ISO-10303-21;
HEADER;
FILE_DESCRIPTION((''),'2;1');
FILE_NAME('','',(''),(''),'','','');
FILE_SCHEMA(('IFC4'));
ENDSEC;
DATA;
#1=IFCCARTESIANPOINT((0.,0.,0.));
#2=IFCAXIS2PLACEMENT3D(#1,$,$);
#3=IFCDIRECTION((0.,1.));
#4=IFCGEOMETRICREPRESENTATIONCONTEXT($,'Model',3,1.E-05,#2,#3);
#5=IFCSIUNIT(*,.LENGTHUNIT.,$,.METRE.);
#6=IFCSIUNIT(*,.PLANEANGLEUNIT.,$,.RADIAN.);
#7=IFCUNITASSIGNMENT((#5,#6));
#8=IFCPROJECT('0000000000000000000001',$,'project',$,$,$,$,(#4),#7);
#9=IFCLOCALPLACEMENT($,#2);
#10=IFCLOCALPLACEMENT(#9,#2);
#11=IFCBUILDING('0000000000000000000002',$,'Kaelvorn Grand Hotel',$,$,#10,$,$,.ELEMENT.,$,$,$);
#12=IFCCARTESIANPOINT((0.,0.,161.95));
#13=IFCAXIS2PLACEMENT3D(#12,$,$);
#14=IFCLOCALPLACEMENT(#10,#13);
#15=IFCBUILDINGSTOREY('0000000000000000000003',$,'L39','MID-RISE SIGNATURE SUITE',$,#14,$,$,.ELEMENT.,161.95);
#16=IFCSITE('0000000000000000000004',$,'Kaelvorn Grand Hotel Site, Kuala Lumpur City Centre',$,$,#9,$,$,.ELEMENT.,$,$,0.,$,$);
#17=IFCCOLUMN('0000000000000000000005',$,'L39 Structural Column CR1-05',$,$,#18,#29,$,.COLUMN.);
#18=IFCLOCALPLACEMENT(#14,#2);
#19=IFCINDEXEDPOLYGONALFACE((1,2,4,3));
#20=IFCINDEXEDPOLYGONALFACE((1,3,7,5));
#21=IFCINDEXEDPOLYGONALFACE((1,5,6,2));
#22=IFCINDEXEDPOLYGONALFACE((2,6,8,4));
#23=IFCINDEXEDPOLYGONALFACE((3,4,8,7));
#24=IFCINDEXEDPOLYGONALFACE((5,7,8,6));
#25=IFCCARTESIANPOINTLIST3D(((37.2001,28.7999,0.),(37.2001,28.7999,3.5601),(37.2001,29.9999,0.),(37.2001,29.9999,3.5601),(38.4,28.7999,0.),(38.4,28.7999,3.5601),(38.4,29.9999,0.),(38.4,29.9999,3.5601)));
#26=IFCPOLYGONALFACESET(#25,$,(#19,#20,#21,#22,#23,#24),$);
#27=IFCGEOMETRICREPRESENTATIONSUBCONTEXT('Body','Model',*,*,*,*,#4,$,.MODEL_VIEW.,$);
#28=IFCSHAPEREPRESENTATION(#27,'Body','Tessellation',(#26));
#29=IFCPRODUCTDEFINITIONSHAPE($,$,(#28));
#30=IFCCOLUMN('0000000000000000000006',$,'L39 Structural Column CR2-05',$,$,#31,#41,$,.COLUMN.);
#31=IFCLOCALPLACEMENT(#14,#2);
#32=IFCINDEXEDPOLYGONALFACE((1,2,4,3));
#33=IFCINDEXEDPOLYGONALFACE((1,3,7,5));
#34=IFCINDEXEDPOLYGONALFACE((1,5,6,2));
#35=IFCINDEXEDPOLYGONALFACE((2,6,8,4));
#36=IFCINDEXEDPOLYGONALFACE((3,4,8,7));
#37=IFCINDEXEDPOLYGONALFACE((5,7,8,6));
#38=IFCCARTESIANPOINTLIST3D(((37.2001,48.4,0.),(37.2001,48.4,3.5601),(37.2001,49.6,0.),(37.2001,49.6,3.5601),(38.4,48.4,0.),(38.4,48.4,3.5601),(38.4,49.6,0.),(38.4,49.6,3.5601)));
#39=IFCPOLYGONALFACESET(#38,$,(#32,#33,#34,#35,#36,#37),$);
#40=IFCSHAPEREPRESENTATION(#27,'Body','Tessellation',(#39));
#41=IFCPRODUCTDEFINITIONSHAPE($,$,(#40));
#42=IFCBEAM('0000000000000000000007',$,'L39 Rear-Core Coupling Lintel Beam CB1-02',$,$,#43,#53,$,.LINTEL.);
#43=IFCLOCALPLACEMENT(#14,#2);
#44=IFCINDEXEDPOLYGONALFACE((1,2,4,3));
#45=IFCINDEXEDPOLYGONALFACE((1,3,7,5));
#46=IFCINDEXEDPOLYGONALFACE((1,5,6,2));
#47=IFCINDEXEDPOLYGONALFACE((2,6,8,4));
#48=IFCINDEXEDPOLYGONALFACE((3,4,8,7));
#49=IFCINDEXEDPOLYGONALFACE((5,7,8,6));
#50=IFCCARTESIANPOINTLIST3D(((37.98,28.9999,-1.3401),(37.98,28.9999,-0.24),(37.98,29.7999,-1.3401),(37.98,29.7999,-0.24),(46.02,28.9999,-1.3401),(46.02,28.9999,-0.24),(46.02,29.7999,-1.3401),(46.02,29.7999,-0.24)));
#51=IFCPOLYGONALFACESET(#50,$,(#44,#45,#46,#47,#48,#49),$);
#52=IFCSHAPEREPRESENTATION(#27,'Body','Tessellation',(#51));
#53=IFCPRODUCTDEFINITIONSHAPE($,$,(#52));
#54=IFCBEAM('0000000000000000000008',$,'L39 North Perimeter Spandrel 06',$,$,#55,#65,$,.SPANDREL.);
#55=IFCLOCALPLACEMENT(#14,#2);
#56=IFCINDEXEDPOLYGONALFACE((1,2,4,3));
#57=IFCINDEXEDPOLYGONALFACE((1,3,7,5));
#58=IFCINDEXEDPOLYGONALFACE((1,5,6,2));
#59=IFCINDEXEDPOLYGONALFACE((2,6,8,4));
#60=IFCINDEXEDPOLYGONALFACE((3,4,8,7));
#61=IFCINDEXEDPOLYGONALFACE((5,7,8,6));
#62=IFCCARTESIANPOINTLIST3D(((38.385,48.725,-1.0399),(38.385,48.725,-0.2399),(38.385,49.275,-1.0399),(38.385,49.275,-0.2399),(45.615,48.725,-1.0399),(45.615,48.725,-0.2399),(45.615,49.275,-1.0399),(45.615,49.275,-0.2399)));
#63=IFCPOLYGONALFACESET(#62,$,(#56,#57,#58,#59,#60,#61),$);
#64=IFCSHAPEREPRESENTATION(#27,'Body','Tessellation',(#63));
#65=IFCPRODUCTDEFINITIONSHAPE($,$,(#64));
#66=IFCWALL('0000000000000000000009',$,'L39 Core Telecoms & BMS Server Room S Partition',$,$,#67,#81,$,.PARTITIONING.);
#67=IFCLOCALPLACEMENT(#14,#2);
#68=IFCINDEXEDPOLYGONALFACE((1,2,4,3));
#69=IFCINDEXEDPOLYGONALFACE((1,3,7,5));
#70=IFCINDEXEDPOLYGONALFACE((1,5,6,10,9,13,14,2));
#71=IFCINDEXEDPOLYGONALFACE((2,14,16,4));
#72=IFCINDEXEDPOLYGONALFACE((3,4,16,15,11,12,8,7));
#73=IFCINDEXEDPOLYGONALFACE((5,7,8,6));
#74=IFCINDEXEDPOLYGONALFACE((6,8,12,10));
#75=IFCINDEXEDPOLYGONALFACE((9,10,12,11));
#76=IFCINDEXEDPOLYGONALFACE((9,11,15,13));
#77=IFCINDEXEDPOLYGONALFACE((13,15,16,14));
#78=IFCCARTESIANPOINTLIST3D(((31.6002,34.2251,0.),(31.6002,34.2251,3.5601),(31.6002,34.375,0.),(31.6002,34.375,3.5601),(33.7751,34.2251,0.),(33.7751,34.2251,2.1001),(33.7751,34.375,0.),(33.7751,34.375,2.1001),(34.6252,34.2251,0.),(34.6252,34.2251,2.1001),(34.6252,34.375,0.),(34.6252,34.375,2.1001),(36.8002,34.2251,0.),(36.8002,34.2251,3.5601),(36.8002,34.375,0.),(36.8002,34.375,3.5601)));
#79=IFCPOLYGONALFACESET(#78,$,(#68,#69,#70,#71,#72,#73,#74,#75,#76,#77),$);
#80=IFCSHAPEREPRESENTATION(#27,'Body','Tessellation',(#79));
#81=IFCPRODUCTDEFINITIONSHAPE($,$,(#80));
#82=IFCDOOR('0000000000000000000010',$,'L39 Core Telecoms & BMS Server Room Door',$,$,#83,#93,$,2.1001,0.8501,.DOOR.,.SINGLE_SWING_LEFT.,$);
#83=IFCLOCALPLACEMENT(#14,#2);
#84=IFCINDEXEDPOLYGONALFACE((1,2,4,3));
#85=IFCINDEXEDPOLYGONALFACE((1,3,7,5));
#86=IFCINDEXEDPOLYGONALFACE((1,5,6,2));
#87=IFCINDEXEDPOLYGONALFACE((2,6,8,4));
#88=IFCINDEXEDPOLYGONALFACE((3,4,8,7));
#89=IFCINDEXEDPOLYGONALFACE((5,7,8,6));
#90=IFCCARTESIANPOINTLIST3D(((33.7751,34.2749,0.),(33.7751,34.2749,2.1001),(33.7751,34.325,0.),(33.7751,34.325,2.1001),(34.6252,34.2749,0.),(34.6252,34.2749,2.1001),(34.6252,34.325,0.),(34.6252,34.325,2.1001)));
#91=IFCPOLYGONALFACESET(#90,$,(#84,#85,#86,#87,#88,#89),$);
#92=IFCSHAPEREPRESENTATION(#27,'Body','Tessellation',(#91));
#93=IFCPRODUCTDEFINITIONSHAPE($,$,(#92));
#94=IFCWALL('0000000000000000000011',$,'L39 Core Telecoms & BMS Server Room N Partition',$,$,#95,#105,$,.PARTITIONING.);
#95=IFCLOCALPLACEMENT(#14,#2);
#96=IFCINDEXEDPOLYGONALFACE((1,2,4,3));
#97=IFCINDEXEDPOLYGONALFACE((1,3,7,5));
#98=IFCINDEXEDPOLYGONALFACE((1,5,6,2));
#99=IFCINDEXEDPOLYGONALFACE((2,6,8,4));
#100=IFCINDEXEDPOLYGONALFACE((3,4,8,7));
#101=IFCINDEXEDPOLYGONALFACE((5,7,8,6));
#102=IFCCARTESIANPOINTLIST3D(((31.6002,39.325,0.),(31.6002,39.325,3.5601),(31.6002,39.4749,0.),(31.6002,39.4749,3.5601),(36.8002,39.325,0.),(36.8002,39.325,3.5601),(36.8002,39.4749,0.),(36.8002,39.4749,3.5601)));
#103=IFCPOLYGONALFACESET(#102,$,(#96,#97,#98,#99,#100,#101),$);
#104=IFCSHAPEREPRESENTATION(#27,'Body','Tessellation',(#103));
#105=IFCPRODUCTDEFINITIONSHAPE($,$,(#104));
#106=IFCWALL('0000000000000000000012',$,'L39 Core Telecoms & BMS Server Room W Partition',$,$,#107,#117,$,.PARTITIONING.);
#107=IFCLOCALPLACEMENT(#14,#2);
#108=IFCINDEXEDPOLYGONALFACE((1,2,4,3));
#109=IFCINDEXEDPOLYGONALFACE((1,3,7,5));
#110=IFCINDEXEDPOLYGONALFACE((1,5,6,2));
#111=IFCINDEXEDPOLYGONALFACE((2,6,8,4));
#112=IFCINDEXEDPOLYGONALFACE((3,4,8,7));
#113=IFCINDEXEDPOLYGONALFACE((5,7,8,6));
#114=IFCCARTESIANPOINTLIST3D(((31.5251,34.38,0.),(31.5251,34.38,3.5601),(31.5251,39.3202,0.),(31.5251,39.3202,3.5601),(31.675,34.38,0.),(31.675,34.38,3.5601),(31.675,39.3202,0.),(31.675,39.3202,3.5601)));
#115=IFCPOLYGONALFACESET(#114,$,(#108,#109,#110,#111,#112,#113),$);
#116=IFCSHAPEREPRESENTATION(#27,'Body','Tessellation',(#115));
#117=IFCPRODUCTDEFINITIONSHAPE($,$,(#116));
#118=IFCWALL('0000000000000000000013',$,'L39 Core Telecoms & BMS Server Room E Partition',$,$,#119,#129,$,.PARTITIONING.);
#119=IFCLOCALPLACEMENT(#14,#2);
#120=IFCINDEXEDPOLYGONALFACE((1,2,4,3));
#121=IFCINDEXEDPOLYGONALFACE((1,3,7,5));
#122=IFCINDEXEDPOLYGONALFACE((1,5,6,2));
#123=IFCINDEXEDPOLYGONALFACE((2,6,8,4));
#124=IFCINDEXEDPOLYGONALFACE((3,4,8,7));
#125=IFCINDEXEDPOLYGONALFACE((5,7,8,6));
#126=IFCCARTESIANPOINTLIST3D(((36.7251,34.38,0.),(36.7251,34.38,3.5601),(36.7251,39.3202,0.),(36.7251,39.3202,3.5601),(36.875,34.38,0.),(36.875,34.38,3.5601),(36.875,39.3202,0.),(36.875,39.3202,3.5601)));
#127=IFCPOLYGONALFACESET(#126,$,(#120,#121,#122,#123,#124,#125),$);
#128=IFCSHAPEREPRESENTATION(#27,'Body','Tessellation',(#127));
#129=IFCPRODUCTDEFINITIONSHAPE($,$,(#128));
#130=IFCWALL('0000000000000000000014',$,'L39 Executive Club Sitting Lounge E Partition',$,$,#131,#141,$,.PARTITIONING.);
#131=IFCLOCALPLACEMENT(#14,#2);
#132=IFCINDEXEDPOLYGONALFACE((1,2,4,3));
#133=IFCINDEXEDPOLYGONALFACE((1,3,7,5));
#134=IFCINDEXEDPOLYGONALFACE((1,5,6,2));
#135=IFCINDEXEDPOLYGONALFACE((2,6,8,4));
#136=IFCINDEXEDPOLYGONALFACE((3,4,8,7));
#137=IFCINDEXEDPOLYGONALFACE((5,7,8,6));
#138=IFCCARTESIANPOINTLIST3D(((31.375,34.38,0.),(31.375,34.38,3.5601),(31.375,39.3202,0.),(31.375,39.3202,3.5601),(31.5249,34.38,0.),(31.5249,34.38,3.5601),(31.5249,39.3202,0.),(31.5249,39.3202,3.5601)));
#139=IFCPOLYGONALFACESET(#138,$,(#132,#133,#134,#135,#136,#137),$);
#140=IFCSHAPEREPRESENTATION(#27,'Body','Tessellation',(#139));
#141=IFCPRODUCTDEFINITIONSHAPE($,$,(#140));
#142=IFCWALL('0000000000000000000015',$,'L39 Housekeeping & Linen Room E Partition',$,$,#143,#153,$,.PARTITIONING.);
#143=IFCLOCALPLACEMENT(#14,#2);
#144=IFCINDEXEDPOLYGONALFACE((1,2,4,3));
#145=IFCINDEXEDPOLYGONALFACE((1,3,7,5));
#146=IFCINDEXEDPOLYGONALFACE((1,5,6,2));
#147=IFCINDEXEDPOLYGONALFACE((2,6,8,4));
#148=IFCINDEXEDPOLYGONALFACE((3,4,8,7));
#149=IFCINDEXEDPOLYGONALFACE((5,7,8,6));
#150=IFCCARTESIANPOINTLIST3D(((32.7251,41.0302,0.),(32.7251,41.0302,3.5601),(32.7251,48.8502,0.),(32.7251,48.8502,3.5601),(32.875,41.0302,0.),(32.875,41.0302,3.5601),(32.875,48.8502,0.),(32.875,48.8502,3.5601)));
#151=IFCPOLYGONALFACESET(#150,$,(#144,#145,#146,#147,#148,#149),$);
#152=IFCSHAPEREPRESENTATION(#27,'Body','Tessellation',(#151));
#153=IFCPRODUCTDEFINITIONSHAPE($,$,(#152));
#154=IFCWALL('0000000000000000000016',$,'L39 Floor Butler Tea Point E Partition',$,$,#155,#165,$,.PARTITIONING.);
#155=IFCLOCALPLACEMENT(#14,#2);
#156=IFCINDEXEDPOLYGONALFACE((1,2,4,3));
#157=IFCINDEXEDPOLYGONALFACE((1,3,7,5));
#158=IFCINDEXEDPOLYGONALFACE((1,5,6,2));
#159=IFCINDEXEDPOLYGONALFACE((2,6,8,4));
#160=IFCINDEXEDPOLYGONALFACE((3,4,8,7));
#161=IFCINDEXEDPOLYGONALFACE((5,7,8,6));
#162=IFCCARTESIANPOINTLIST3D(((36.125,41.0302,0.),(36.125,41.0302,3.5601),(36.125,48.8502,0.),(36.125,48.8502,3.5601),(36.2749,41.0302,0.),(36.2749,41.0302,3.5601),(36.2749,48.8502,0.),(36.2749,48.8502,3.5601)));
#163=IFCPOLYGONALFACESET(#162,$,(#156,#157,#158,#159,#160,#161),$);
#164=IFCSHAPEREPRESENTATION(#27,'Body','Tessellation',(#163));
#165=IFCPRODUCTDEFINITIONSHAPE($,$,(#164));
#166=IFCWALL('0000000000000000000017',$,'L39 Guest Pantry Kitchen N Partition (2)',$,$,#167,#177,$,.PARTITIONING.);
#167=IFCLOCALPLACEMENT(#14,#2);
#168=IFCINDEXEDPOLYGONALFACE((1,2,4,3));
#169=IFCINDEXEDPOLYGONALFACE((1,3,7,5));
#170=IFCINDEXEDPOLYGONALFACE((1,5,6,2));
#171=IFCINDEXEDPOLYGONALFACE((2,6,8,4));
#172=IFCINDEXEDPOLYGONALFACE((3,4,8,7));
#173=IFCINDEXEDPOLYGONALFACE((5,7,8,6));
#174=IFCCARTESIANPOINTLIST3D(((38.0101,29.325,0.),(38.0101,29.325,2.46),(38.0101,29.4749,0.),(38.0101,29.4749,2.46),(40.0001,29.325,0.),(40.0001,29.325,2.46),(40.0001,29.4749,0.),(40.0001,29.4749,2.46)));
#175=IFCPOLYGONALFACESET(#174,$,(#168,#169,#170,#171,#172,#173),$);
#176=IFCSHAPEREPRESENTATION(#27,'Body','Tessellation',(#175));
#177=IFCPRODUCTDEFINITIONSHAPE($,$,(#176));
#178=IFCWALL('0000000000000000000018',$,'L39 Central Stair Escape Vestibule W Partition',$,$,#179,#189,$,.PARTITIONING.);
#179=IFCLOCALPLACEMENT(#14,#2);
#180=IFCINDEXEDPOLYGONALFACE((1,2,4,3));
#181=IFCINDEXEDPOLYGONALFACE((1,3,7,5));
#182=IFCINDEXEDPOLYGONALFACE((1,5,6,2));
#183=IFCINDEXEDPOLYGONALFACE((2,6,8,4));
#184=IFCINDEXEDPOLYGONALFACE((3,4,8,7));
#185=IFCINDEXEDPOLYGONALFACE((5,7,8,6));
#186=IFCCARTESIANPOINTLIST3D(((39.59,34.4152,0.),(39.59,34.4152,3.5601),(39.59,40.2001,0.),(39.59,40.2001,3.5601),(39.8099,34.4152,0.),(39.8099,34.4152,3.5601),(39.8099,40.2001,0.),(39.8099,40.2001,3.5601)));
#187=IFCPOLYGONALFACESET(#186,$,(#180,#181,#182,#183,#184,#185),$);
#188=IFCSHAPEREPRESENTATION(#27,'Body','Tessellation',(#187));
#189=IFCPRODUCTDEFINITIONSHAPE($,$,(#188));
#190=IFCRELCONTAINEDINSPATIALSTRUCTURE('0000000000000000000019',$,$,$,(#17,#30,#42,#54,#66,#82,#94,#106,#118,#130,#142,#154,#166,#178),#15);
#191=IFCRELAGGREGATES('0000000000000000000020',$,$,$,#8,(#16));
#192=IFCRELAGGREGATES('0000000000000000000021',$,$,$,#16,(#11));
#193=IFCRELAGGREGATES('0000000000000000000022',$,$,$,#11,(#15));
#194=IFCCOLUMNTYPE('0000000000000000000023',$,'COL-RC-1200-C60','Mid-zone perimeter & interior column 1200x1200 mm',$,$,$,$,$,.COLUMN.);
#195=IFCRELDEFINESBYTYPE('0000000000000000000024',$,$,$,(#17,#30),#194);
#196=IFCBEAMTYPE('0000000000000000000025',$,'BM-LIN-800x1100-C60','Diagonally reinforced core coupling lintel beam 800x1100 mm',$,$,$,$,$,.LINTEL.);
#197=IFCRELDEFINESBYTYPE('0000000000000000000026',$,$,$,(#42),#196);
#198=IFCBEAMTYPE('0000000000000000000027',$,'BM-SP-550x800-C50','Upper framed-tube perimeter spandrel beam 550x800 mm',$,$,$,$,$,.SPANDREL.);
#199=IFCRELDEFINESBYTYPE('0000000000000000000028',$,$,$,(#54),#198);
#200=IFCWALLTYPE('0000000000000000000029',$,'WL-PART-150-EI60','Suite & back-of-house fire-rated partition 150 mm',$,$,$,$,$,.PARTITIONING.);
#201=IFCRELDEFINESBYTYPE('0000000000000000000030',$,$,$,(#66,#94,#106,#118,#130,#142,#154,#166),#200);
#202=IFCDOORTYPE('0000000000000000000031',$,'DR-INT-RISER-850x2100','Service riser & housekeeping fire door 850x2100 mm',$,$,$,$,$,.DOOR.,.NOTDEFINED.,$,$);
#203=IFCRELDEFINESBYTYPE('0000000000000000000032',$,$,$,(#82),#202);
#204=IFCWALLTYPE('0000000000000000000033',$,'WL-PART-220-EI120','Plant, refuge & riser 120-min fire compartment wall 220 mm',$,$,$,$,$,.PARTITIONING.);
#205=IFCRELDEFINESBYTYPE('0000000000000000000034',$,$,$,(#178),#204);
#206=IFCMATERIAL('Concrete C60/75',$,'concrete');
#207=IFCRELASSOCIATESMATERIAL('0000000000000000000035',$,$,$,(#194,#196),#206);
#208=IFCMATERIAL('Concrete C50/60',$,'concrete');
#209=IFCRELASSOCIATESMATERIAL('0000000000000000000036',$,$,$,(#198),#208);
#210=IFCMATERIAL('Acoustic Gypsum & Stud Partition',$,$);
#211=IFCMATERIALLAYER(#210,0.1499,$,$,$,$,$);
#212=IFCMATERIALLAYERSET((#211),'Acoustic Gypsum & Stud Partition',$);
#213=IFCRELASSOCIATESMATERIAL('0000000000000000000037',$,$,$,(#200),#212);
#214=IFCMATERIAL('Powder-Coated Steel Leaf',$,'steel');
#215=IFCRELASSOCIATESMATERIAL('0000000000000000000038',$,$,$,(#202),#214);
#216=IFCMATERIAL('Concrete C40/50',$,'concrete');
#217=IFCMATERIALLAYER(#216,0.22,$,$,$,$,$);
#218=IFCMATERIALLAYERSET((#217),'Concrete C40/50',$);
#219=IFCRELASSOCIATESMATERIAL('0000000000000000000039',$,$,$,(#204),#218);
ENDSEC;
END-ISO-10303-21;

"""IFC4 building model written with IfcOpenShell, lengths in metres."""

from ifc_helpers import new_model, si_unit, direction, frame, frame_2d, origin, origin_2d, place, context, subcontext, project, spatial, rectangle, extrude, material, layer, layer_set, material_profile, profile_set, type_object, element, fill, save


model = new_model("IFC4")

# Units and contexts
model_context = context("Model", 3, precision=1e-05, world=origin(), true_north=direction((0.0, 1.0)))
body_context = subcontext(model_context, "Body", "Model", "MODEL_VIEW")
ifc_project = project(units=[si_unit("LENGTHUNIT", "METRE"), si_unit("PLANEANGLEUNIT", "RADIAN")], contexts=[model_context])

# Site, building, storey
site_placement = place(None, origin())
site = spatial("IfcSite", under=ifc_project, at=site_placement, Name="Kaelvorn Grand Hotel Site, Kuala Lumpur City Centre", CompositionType="ELEMENT", RefElevation=0.0)
building_placement = place(site_placement, origin())
building = spatial("IfcBuilding", under=site, at=building_placement, Name="Kaelvorn Grand Hotel", CompositionType="ELEMENT")
storey_placement = place(building_placement, frame((0.0, 0.0, 161.95)))
storey = spatial("IfcBuildingStorey", under=building, at=storey_placement, Name="L39", Description="MID-RISE SIGNATURE SUITE", CompositionType="ELEMENT", Elevation=161.95)

# Columns
ifc_material_1 = material(Name="Concrete C60/75", Category="concrete")
ifc_material_profile_1 = material_profile(ifc_material_1, rectangle(XDim=1.2, YDim=1.2, at=origin_2d()), Name="RC COL 1200x1200")
ifc_profile_set_1 = profile_set([ifc_material_profile_1], Name="Concrete C60/75")
column_type = type_object("IfcColumnType", Name="COL-RC-1200-C60", Description="Mid-zone perimeter & interior column 1200x1200 mm", PredefinedType="COLUMN", material=ifc_profile_set_1)
for number, where, z_axis, x_axis, name in (
    (1, (37.8, 29.3999, 0.0), (0.0, 0.0, 1.0), (1.0, 0.0, 0.0), "L39 Structural Column CR1-05"),
    (2, (37.8, 49.0, 0.0), (0.0, 0.0, 1.0), (1.0, 0.0, 0.0), "L39 Structural Column CR2-05"),
):
    element("IfcColumn", number, at=place(storey_placement, frame(where, z_axis=z_axis, x_axis=x_axis)), inside=storey, type_object=column_type, Name=name, PredefinedType="COLUMN", context=body_context, shape_type="SweptSolid", body=[
        extrude(rectangle(XDim=1.2, YDim=1.2, at=origin_2d()), origin(), (0.0, 0.0, 1.0), 3.5601),
    ])

# Beams
ifc_material_profile_2 = material_profile(ifc_material_1, rectangle(XDim=0.8, YDim=1.1001, at=origin_2d()), Name="RC LINTEL 800x1100")
ifc_profile_set_2 = profile_set([ifc_material_profile_2], Name="Concrete C60/75")
beam_type_1 = type_object("IfcBeamType", Name="BM-LIN-800x1100-C60", Description="Diagonally reinforced core coupling lintel beam 800x1100 mm", PredefinedType="LINTEL", material=ifc_profile_set_2)
beam_1_placement = place(storey_placement, frame((37.98, 29.3999, -0.79), z_axis=(1.0, 0.0, 0.0), x_axis=(0.0, 1.0, 0.0)))
element("IfcBeam", 3, at=beam_1_placement, inside=storey, type_object=beam_type_1, Name="L39 Rear-Core Coupling Lintel Beam CB1-02", PredefinedType="LINTEL", context=body_context, shape_type="SweptSolid", body=[
    extrude(rectangle(XDim=0.8, YDim=1.1001, at=origin_2d()), origin(), (0.0, 0.0, 1.0), 8.04),
])
ifc_material_2 = material(Name="Concrete C50/60", Category="concrete")
ifc_material_profile_3 = material_profile(ifc_material_2, rectangle(XDim=0.55, YDim=0.8, at=origin_2d()), Name="RC SPANDREL 550x800")
ifc_profile_set_3 = profile_set([ifc_material_profile_3], Name="Concrete C50/60")
beam_type_2 = type_object("IfcBeamType", Name="BM-SP-550x800-C50", Description="Upper framed-tube perimeter spandrel beam 550x800 mm", PredefinedType="SPANDREL", material=ifc_profile_set_3)
beam_2_placement = place(storey_placement, frame((38.385, 49.0, -0.6399), z_axis=(1.0, 0.0, 0.0), x_axis=(0.0, 1.0, 0.0)))
element("IfcBeam", 4, at=beam_2_placement, inside=storey, type_object=beam_type_2, Name="L39 North Perimeter Spandrel 06", PredefinedType="SPANDREL", context=body_context, shape_type="SweptSolid", body=[
    extrude(rectangle(XDim=0.55, YDim=0.8, at=origin_2d()), origin(), (0.0, 0.0, 1.0), 7.23),
])

# Wall, opening, door
ifc_material_3 = material(Name="Acoustic Gypsum & Stud Partition")
ifc_layer_1 = layer(ifc_material_3, 0.1499)
ifc_layer_set_1 = layer_set([ifc_layer_1], Name="Acoustic Gypsum & Stud Partition")
wall_type_1 = type_object("IfcWallType", Name="WL-PART-150-EI60", Description="Suite & back-of-house fire-rated partition 150 mm", PredefinedType="PARTITIONING", material=ifc_layer_set_1)
wall_1_placement = place(storey_placement, frame((31.6001, 34.3, 0.0), z_axis=(0.0, 0.0, 1.0), x_axis=(1.0, 0.0, 0.0)))
wall_1 = element("IfcWall", 5, at=wall_1_placement, inside=storey, type_object=wall_type_1, Name="L39 Core Telecoms & BMS Server Room S Partition", PredefinedType="PARTITIONING", context=body_context, shape_type="SweptSolid", body=[
    extrude(rectangle(XDim=5.2, YDim=0.1499, at=frame_2d((2.6001, 0.0))), origin(), (0.0, 0.0, 1.0), 3.5601),
])
opening_1_placement = place(wall_1_placement, frame((2.175, 0.0, 0.0)))
opening_1 = element("IfcOpeningElement", 6, at=opening_1_placement, cuts=wall_1, PredefinedType="OPENING", context=body_context, shape_type="SweptSolid", body=[
    extrude(rectangle(XDim=0.8501, YDim=2.1001, at=frame_2d((0.425, 1.05))), frame((0.0, 0.085, 0.0), z_axis=(0.0, -1.0, 0.0), x_axis=(1.0, 0.0, 0.0)), (0.0, 0.0, 1.0), 0.1699),
])
ifc_material_4 = material(Name="Powder-Coated Steel Leaf", Category="steel")
door_type_1 = type_object("IfcDoorType", Name="DR-INT-RISER-850x2100", Description="Service riser & housekeeping fire door 850x2100 mm", OperationType="NOTDEFINED", PredefinedType="DOOR", material=ifc_material_4)
door_1_placement = place(opening_1_placement, origin())
door_1 = element("IfcDoor", 7, at=door_1_placement, inside=storey, type_object=door_type_1, Name="L39 Core Telecoms & BMS Server Room Door", OperationType="SINGLE_SWING_LEFT", OverallHeight=2.1001, OverallWidth=0.8501, PredefinedType="DOOR", context=body_context, shape_type="SweptSolid", body=[
    extrude(rectangle(XDim=0.8501, YDim=2.1001, at=frame_2d((0.425, 1.05))), frame((0.0, 0.0249, 0.0), z_axis=(0.0, -1.0, 0.0), x_axis=(1.0, 0.0, 0.0)), (0.0, 0.0, 1.0), 0.05),
])
fill(opening_1, door_1)

# Walls
wall_2_placement = place(storey_placement, frame((31.6001, 39.3999, 0.0), z_axis=(0.0, 0.0, 1.0), x_axis=(1.0, 0.0, 0.0)))
element("IfcWall", 8, at=wall_2_placement, inside=storey, type_object=wall_type_1, Name="L39 Core Telecoms & BMS Server Room N Partition", PredefinedType="PARTITIONING", context=body_context, shape_type="SweptSolid", body=[
    extrude(rectangle(XDim=5.2, YDim=0.1499, at=frame_2d((2.6001, 0.0))), origin(), (0.0, 0.0, 1.0), 3.5601),
])
for number, where, z_axis, x_axis, name in (
    (9, (31.6001, 34.3799, 0.0), (0.0, 0.0, 1.0), (0.0, 1.0, 0.0), "L39 Core Telecoms & BMS Server Room W Partition"),
    (10, (36.8, 34.3799, 0.0), (0.0, 0.0, 1.0), (0.0, 1.0, 0.0), "L39 Core Telecoms & BMS Server Room E Partition"),
    (11, (31.45, 34.3799, 0.0), (0.0, 0.0, 1.0), (0.0, 1.0, 0.0), "L39 Executive Club Sitting Lounge E Partition"),
):
    element("IfcWall", number, at=place(storey_placement, frame(where, z_axis=z_axis, x_axis=x_axis)), inside=storey, type_object=wall_type_1, Name=name, PredefinedType="PARTITIONING", context=body_context, shape_type="SweptSolid", body=[
        extrude(rectangle(XDim=4.9402, YDim=0.1499, at=frame_2d((2.4702, 0.0))), origin(), (0.0, 0.0, 1.0), 3.5601),
    ])
wall_3_placement = place(storey_placement, frame((32.8, 41.03, 0.0), z_axis=(0.0, 0.0, 1.0), x_axis=(0.0, 1.0, 0.0)))
element("IfcWall", 12, at=wall_3_placement, inside=storey, type_object=wall_type_1, Name="L39 Housekeeping & Linen Room E Partition", PredefinedType="PARTITIONING", context=body_context, shape_type="SweptSolid", body=[
    extrude(rectangle(XDim=7.8201, YDim=0.1499, at=frame_2d((3.9102, 0.0))), origin(), (0.0, 0.0, 1.0), 3.5601),
])

# Walls
wall_4_placement = place(storey_placement, frame((36.2, 41.03, 0.0), z_axis=(0.0, 0.0, 1.0), x_axis=(0.0, 1.0, 0.0)))
element("IfcWall", 13, at=wall_4_placement, inside=storey, type_object=wall_type_1, Name="L39 Floor Butler Tea Point E Partition", PredefinedType="PARTITIONING", context=body_context, shape_type="SweptSolid", body=[
    extrude(rectangle(XDim=7.8201, YDim=0.1499, at=frame_2d((3.9102, 0.0))), origin(), (0.0, 0.0, 1.0), 3.5601),
])
wall_5_placement = place(storey_placement, frame((38.01, 29.3999, 0.0), z_axis=(0.0, 0.0, 1.0), x_axis=(1.0, 0.0, 0.0)))
element("IfcWall", 14, at=wall_5_placement, inside=storey, type_object=wall_type_1, Name="L39 Guest Pantry Kitchen N Partition (2)", PredefinedType="PARTITIONING", context=body_context, shape_type="SweptSolid", body=[
    extrude(rectangle(XDim=1.99, YDim=0.1499, at=frame_2d((0.9951, 0.0))), origin(), (0.0, 0.0, 1.0), 2.46),
])

# Shared definitions
ifc_material_5 = material(Name="Concrete C40/50", Category="concrete")
ifc_layer_2 = layer(ifc_material_5, 0.22)
ifc_layer_set_2 = layer_set([ifc_layer_2], Name="Concrete C40/50")
wall_type_2 = type_object("IfcWallType", Name="WL-PART-220-EI120", Description="Plant, refuge & riser 120-min fire compartment wall 220 mm", PredefinedType="PARTITIONING", material=ifc_layer_set_2)

# Wall
wall_6_placement = place(storey_placement, frame((39.7, 34.415, 0.0), z_axis=(0.0, 0.0, 1.0), x_axis=(0.0, 1.0, 0.0)))
element("IfcWall", 15, at=wall_6_placement, inside=storey, type_object=wall_type_2, Name="L39 Central Stair Escape Vestibule W Partition", PredefinedType="PARTITIONING", context=body_context, shape_type="SweptSolid", body=[
    extrude(rectangle(XDim=5.7849, YDim=0.22, at=frame_2d((2.8926, 0.0))), origin(), (0.0, 0.0, 1.0), 3.5601),
])

save(model, "model.ifc")
